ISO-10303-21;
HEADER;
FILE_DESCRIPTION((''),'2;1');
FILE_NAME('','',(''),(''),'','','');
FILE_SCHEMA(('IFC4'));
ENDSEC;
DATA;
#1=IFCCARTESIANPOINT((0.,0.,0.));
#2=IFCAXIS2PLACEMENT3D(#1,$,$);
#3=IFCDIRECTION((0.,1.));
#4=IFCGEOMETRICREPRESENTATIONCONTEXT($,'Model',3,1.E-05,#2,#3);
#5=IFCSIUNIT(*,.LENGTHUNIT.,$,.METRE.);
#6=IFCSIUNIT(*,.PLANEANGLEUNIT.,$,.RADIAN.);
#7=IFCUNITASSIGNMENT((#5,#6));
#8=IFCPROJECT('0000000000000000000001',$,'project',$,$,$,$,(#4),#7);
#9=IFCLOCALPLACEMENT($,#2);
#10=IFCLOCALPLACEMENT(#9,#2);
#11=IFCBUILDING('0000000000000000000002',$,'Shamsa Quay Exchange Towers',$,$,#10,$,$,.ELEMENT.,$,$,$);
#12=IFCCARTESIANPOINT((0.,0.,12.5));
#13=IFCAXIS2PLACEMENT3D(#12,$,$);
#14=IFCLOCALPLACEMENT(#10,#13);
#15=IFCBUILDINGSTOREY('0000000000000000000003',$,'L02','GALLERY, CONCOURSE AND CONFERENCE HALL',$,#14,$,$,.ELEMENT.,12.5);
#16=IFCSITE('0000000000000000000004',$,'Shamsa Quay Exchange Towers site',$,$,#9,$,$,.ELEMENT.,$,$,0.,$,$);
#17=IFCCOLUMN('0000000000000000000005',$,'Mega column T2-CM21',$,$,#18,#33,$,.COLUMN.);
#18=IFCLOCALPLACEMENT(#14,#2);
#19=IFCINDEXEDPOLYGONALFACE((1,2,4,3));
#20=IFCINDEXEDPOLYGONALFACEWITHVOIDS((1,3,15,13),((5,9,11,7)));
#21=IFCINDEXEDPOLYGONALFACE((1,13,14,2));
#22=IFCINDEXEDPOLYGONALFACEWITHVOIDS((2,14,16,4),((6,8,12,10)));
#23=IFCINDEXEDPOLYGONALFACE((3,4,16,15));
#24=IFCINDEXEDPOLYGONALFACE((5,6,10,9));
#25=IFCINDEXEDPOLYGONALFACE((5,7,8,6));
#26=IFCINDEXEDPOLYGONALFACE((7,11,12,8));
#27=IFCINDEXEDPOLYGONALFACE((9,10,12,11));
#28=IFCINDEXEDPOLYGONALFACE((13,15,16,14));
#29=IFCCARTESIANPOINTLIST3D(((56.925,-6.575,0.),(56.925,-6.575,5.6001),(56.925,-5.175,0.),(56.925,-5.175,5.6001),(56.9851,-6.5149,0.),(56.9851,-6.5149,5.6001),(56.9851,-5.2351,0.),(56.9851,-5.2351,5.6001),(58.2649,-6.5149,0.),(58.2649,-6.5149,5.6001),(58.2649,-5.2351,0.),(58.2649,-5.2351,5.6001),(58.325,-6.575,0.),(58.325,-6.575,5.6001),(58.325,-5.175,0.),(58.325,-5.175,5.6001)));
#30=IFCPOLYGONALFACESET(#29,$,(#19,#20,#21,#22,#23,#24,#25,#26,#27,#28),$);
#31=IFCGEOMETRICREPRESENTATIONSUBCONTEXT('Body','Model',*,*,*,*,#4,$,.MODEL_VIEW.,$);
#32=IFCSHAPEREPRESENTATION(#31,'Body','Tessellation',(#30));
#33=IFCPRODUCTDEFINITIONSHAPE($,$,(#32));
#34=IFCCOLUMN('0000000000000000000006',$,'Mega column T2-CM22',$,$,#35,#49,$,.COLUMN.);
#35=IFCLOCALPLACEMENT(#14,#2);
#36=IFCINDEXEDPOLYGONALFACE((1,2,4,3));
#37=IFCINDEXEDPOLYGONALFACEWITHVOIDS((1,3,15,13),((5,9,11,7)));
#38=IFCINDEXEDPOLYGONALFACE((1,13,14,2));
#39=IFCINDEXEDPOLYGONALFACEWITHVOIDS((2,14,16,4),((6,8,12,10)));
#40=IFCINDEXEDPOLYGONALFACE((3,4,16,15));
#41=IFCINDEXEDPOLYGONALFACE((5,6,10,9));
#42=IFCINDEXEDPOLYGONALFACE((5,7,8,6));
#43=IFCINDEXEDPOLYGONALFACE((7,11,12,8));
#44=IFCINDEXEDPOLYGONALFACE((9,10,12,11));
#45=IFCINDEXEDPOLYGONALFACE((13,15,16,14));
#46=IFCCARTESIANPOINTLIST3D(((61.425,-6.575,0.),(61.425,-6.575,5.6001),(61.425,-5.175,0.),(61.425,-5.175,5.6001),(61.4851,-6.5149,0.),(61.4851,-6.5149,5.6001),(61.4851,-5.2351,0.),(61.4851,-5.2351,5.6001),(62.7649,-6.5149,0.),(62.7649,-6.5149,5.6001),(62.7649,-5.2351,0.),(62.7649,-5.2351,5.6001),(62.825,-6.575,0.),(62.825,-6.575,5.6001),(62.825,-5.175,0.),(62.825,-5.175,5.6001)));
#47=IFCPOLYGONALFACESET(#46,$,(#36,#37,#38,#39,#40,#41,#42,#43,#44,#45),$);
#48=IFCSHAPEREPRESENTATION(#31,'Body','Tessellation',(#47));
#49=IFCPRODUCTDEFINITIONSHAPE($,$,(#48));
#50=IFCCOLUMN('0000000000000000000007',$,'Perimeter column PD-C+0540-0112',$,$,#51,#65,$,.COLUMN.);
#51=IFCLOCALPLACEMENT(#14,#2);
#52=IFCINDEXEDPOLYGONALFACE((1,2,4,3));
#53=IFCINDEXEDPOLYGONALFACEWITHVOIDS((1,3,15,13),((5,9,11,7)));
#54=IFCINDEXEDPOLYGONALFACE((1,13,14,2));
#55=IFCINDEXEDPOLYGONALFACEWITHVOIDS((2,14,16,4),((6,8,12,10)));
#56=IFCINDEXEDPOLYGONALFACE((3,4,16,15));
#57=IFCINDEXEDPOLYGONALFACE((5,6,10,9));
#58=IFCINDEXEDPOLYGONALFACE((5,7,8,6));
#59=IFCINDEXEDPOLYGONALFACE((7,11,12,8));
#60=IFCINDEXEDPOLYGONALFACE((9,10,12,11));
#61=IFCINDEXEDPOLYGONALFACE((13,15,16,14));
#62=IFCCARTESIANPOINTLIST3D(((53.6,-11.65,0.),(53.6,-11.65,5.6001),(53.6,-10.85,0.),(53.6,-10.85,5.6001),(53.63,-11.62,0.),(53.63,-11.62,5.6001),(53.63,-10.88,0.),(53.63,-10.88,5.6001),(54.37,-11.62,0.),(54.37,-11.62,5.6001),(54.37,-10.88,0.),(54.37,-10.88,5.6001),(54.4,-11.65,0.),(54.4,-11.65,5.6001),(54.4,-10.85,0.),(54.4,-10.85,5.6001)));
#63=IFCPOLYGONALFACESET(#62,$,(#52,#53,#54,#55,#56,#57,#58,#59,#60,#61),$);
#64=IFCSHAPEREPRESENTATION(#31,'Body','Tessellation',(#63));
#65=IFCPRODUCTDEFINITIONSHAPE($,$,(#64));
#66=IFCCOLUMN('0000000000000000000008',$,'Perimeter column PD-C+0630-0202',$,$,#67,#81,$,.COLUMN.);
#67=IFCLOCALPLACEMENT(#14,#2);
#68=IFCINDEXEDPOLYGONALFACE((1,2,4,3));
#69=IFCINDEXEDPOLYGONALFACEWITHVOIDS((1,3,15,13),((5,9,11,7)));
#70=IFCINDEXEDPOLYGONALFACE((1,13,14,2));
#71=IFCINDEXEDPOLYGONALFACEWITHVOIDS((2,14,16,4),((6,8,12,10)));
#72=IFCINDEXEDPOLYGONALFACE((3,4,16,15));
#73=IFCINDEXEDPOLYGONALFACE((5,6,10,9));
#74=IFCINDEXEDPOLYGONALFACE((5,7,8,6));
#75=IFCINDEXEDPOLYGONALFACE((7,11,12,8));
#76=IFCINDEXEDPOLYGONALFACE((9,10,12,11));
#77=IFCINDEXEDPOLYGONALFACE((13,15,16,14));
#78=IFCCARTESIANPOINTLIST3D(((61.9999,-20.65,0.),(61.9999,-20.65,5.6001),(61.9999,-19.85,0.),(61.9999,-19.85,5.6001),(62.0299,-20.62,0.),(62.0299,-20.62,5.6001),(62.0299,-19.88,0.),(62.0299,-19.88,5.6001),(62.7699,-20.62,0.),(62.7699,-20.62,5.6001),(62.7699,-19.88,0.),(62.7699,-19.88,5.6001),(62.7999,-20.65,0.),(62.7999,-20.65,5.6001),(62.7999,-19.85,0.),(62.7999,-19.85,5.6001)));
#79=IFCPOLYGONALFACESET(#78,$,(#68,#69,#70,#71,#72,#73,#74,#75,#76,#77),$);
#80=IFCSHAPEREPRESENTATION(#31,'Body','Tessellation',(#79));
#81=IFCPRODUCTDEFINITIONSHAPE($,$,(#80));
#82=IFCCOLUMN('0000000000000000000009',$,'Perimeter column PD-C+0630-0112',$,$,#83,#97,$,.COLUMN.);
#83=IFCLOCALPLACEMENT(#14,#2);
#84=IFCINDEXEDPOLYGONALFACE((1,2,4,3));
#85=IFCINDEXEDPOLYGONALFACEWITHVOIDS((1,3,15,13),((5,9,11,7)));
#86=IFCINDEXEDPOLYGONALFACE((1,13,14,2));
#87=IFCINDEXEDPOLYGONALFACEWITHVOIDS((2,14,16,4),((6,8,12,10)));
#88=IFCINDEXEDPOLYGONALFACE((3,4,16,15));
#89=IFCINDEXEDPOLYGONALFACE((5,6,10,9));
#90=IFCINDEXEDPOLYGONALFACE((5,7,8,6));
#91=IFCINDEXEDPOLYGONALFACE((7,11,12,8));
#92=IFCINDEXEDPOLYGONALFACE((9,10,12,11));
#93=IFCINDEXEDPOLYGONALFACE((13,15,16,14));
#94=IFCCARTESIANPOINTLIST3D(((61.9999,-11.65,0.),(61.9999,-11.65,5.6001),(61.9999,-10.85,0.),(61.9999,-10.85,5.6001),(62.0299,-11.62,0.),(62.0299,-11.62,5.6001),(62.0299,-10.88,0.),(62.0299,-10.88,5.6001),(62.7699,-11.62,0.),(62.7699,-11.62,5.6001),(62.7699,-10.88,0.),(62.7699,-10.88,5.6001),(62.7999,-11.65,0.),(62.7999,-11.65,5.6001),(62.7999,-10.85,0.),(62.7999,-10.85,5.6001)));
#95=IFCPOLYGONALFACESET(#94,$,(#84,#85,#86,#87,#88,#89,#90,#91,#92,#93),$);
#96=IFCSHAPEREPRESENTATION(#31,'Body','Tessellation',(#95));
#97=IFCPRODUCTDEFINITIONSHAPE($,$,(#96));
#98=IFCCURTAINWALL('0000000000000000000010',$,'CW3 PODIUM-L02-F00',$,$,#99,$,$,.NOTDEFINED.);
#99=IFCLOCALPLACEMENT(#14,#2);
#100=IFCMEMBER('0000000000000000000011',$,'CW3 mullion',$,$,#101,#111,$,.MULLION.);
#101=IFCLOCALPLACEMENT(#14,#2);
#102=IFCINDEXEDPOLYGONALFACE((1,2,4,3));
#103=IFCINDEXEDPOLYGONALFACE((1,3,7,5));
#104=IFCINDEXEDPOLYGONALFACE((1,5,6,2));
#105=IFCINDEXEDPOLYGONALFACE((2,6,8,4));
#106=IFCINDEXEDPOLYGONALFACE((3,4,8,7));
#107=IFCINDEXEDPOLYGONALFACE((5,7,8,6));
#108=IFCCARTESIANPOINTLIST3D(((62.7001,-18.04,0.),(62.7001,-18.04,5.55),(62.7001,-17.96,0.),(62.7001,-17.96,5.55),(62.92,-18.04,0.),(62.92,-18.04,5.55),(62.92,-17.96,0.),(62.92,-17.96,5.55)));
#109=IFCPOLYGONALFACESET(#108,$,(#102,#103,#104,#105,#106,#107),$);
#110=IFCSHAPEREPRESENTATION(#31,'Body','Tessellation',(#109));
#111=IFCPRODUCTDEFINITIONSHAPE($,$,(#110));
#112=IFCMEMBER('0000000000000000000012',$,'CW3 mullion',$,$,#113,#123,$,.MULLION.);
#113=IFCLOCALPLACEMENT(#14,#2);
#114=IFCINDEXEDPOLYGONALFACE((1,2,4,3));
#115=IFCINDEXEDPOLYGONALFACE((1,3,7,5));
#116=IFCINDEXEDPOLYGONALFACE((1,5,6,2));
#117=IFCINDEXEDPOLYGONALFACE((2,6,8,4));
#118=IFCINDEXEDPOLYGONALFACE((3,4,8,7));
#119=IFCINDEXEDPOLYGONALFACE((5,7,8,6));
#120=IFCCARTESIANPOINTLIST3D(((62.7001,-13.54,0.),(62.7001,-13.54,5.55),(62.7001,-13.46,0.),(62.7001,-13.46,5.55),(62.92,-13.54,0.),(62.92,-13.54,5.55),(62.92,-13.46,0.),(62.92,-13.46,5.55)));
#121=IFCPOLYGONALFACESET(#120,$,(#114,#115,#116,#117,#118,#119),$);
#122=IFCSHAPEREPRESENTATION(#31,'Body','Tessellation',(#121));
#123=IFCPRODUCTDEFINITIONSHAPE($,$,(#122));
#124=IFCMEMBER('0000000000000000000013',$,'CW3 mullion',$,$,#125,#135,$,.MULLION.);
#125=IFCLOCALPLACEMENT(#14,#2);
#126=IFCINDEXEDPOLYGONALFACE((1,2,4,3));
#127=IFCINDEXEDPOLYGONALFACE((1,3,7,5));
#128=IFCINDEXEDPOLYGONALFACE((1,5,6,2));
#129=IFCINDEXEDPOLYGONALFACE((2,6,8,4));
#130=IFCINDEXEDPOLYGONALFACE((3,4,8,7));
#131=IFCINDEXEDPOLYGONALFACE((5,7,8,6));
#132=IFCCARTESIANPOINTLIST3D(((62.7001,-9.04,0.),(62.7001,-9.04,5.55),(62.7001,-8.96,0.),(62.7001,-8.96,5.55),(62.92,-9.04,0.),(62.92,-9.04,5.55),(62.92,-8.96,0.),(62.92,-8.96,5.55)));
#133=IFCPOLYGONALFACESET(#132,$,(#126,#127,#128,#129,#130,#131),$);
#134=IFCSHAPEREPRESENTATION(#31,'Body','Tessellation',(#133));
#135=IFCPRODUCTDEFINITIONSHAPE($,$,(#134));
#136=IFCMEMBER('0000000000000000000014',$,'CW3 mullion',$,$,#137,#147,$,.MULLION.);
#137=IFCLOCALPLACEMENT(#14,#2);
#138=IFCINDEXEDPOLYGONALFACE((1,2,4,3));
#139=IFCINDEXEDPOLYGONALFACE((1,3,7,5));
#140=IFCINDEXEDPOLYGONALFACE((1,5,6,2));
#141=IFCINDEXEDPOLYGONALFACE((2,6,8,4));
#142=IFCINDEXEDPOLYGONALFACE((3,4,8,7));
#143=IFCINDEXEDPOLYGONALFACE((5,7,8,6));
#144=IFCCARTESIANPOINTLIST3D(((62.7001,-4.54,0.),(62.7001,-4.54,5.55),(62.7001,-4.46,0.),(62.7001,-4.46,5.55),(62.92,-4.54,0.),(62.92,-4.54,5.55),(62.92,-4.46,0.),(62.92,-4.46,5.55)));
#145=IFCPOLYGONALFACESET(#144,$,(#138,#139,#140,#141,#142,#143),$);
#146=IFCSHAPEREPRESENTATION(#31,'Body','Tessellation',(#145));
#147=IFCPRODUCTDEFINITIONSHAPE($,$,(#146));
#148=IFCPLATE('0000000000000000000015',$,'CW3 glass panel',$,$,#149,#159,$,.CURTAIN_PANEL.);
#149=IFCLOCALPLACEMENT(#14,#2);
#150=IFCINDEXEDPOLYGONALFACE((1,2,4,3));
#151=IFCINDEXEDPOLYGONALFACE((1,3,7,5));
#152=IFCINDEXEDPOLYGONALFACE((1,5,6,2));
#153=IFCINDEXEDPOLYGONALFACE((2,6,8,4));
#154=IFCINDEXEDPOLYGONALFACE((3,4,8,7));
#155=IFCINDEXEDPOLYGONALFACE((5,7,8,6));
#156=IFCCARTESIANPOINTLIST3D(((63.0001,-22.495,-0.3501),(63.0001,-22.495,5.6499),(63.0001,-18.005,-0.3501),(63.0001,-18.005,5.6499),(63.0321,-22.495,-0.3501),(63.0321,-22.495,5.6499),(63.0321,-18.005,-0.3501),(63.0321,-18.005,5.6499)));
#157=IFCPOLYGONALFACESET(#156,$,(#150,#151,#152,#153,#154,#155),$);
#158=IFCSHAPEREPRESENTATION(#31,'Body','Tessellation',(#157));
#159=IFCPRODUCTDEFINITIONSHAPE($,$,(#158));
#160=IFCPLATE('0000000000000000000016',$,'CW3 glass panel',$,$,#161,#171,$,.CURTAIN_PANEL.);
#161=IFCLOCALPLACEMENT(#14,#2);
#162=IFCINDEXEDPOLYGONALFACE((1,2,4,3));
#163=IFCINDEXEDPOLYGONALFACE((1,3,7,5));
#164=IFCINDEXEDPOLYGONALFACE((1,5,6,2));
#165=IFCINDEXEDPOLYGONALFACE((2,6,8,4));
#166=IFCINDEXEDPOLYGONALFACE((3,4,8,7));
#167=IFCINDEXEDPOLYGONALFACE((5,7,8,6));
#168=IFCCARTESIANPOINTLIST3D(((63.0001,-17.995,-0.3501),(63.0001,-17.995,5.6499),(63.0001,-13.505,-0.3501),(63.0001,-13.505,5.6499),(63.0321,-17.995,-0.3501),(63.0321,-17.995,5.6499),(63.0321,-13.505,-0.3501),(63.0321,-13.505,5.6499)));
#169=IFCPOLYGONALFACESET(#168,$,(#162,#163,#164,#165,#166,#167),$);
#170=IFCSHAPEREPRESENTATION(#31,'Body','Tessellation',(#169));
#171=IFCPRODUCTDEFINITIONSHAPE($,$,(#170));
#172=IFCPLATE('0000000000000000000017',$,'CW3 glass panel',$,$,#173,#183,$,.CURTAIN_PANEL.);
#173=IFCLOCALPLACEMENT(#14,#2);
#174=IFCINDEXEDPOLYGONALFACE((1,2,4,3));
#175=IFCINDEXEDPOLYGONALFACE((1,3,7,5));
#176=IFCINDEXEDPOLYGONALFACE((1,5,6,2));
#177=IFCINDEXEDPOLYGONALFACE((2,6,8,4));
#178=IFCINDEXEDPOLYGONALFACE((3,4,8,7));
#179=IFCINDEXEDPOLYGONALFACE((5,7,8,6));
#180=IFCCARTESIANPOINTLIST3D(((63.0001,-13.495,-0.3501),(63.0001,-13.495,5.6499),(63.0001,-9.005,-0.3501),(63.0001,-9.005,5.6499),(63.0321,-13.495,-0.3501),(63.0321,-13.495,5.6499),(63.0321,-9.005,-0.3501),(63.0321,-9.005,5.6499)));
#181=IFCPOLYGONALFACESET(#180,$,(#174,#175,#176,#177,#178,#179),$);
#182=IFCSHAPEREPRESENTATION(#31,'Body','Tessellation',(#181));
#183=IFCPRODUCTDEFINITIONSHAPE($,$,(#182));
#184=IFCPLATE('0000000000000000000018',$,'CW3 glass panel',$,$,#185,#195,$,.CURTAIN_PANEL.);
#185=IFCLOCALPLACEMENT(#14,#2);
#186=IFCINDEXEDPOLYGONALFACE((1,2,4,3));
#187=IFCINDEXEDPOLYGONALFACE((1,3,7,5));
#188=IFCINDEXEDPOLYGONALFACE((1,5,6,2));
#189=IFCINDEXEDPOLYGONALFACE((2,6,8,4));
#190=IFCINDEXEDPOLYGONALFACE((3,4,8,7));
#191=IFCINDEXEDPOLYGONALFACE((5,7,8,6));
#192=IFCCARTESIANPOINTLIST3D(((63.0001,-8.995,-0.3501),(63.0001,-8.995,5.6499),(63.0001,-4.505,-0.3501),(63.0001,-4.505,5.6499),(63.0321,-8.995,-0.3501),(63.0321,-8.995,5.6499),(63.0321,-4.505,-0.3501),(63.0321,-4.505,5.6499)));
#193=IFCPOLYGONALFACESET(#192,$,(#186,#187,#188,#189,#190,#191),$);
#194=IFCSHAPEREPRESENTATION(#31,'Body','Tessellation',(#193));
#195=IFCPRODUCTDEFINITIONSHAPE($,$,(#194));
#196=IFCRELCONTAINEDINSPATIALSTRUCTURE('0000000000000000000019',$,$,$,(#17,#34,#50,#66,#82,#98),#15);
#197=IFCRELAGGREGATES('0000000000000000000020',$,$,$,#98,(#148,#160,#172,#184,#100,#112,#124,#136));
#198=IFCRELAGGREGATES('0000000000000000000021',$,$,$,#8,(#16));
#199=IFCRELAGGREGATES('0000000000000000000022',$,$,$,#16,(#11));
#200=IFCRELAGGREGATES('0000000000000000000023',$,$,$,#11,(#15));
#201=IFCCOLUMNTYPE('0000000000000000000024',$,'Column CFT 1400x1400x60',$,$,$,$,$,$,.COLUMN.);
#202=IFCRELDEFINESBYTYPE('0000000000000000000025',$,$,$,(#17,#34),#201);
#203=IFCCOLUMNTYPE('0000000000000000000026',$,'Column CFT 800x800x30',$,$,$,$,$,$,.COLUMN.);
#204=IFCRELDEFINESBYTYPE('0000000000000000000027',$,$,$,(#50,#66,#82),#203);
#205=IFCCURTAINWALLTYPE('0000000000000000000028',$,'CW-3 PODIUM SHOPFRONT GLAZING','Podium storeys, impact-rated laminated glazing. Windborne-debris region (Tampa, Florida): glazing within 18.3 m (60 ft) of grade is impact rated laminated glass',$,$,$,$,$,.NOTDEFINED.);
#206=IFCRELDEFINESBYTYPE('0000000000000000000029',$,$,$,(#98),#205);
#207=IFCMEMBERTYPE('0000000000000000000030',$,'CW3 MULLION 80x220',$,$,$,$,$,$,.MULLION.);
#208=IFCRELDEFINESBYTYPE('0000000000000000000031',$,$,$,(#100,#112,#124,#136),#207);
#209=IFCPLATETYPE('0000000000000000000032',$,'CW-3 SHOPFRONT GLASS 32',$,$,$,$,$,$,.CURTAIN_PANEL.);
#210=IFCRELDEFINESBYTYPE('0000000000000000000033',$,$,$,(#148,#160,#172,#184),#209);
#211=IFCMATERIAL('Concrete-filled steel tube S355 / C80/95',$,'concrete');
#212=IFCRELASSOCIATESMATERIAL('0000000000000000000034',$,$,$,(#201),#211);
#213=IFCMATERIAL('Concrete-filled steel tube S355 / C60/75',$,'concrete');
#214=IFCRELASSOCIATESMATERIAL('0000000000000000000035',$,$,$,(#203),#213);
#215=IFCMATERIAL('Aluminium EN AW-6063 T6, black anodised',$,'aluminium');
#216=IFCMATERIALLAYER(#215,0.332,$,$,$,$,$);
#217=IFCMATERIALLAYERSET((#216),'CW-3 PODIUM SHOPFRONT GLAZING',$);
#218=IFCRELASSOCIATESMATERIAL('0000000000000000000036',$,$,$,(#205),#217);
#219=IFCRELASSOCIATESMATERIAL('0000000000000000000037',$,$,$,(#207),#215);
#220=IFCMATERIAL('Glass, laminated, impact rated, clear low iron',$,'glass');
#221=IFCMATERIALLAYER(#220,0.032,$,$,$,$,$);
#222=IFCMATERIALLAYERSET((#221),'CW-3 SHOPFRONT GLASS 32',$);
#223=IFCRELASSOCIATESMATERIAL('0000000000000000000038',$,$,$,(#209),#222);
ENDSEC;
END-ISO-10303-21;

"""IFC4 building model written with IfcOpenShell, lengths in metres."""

from ifc_helpers import new_model, si_unit, direction, frame, origin, origin_2d, place, context, subcontext, project, spatial, rectangle, hollow_rectangle, extrude, material, layer, layer_set, material_profile, profile_set, type_object, element, aggregate, save


model = new_model("IFC4")

# Units and contexts
model_context = context("Model", 3, precision=1e-05, world=origin(), true_north=direction((0.0, 1.0)))
body_context = subcontext(model_context, "Body", "Model", "MODEL_VIEW")
ifc_project = project(units=[si_unit("LENGTHUNIT", "METRE"), si_unit("PLANEANGLEUNIT", "RADIAN")], contexts=[model_context])

# Site, building, storey
site_placement = place(None, origin())
site = spatial("IfcSite", under=ifc_project, at=site_placement, Name="Shamsa Quay Exchange Towers site", CompositionType="ELEMENT", RefElevation=0.0)
building_placement = place(site_placement, origin())
building = spatial("IfcBuilding", under=site, at=building_placement, Name="Shamsa Quay Exchange Towers", CompositionType="ELEMENT")
storey_placement = place(building_placement, frame((0.0, 0.0, 12.5)))
storey = spatial("IfcBuildingStorey", under=building, at=storey_placement, Name="L02", Description="GALLERY, CONCOURSE AND CONFERENCE HALL", CompositionType="ELEMENT", Elevation=12.5)

# Columns
ifc_material_1 = material(Name="Concrete-filled steel tube S355 / C80/95", Category="concrete")
ifc_material_profile_1 = material_profile(ifc_material_1, hollow_rectangle(XDim=1.3999, YDim=1.3999, WallThickness=0.0601, at=origin_2d()), Name="CFT 1400x1400x60")
ifc_profile_set_1 = profile_set([ifc_material_profile_1], Name="Concrete-filled steel tube S355 / C80/95")
column_type_1 = type_object("IfcColumnType", Name="Column CFT 1400x1400x60", PredefinedType="COLUMN", material=ifc_profile_set_1)
for number, where, name in (
    (1, (57.625, -5.875, 0.0), "Mega column T2-CM21"),
    (2, (62.125, -5.875, 0.0), "Mega column T2-CM22"),
):
    element("IfcColumn", number, at=place(storey_placement, frame(where)), inside=storey, type_object=column_type_1, Name=name, PredefinedType="COLUMN", context=body_context, shape_type="SweptSolid", body=[
        extrude(hollow_rectangle(XDim=1.3999, YDim=1.3999, WallThickness=0.0601, at=origin_2d()), origin(), (0.0, 0.0, 1.0), 5.6001),
    ])
ifc_material_2 = material(Name="Concrete-filled steel tube S355 / C60/75", Category="concrete")
ifc_material_profile_2 = material_profile(ifc_material_2, hollow_rectangle(XDim=0.8, YDim=0.8, WallThickness=0.03, at=origin_2d()), Name="CFT 800x800x30")
ifc_profile_set_2 = profile_set([ifc_material_profile_2], Name="Concrete-filled steel tube S355 / C60/75")
column_type_2 = type_object("IfcColumnType", Name="Column CFT 800x800x30", PredefinedType="COLUMN", material=ifc_profile_set_2)
for number, where, name in (
    (3, (54.0, -11.25, 0.0), "Perimeter column PD-C+0540-0112"),
    (4, (62.3999, -20.25, 0.0), "Perimeter column PD-C+0630-0202"),
    (5, (62.3999, -11.25, 0.0), "Perimeter column PD-C+0630-0112"),
):
    element("IfcColumn", number, at=place(storey_placement, frame(where)), inside=storey, type_object=column_type_2, Name=name, PredefinedType="COLUMN", context=body_context, shape_type="SweptSolid", body=[
        extrude(hollow_rectangle(XDim=0.8, YDim=0.8, WallThickness=0.03, at=origin_2d()), origin(), (0.0, 0.0, 1.0), 5.6001),
    ])

# Curtain wall, members, plates
ifc_material_3 = material(Name="Aluminium EN AW-6063 T6, black anodised", Category="aluminium")
ifc_layer_1 = layer(ifc_material_3, 0.332)
ifc_layer_set_1 = layer_set([ifc_layer_1], Name="CW-3 PODIUM SHOPFRONT GLAZING")
curtain_wall_type = type_object("IfcCurtainWallType", Name="CW-3 PODIUM SHOPFRONT GLAZING", Description="Podium storeys, impact-rated laminated glazing. Windborne-debris region (Tampa, Florida): glazing within 18.3 m (60 ft) of grade is impact rated laminated glass", PredefinedType="NOTDEFINED", material=ifc_layer_set_1)
curtain_wall_placement = place(storey_placement, origin())
curtain_wall = element("IfcCurtainWall", 6, at=curtain_wall_placement, inside=storey, type_object=curtain_wall_type, Name="CW3 PODIUM-L02-F00", PredefinedType="NOTDEFINED")
ifc_material_profile_3 = material_profile(ifc_material_3, rectangle(XDim=0.22, YDim=0.0801, at=origin_2d()), Name="MU80x220")
ifc_profile_set_3 = profile_set([ifc_material_profile_3], Name="Aluminium EN AW-6063 T6, black anodised")
member_type = type_object("IfcMemberType", Name="CW3 MULLION 80x220", PredefinedType="MULLION", material=ifc_profile_set_3)
member_1_placement = place(storey_placement, frame((62.8101, -18.0, 0.0), z_axis=(0.0, 0.0, 1.0), x_axis=(-1.0, 0.0, 0.0)))
member_1 = element("IfcMember", 7, at=member_1_placement, type_object=member_type, Name="CW3 mullion", PredefinedType="MULLION", context=body_context, shape_type="SweptSolid", body=[
    extrude(rectangle(XDim=0.22, YDim=0.0801, at=origin_2d()), origin(), (0.0, 0.0, 1.0), 5.55),
])
member_2_placement = place(storey_placement, frame((62.8101, -13.5, 0.0), z_axis=(0.0, 0.0, 1.0), x_axis=(-1.0, 0.0, 0.0)))
member_2 = element("IfcMember", 8, at=member_2_placement, type_object=member_type, Name="CW3 mullion", PredefinedType="MULLION", context=body_context, shape_type="SweptSolid", body=[
    extrude(rectangle(XDim=0.22, YDim=0.0801, at=origin_2d()), origin(), (0.0, 0.0, 1.0), 5.55),
])
member_3_placement = place(storey_placement, frame((62.8101, -9.0, 0.0), z_axis=(0.0, 0.0, 1.0), x_axis=(-1.0, 0.0, 0.0)))
member_3 = element("IfcMember", 9, at=member_3_placement, type_object=member_type, Name="CW3 mullion", PredefinedType="MULLION", context=body_context, shape_type="SweptSolid", body=[
    extrude(rectangle(XDim=0.22, YDim=0.0801, at=origin_2d()), origin(), (0.0, 0.0, 1.0), 5.55),
])
member_4_placement = place(storey_placement, frame((62.8101, -4.5, 0.0), z_axis=(0.0, 0.0, 1.0), x_axis=(-1.0, 0.0, 0.0)))
member_4 = element("IfcMember", 10, at=member_4_placement, type_object=member_type, Name="CW3 mullion", PredefinedType="MULLION", context=body_context, shape_type="SweptSolid", body=[
    extrude(rectangle(XDim=0.22, YDim=0.0801, at=origin_2d()), origin(), (0.0, 0.0, 1.0), 5.55),
])
ifc_material_4 = material(Name="Glass, laminated, impact rated, clear low iron", Category="glass")
ifc_layer_2 = layer(ifc_material_4, 0.032)
ifc_layer_set_2 = layer_set([ifc_layer_2], Name="CW-3 SHOPFRONT GLASS 32")
plate_type = type_object("IfcPlateType", Name="CW-3 SHOPFRONT GLASS 32", PredefinedType="CURTAIN_PANEL", material=ifc_layer_set_2)
plate_1_placement = place(storey_placement, frame((63.0161, -20.25, -0.3501), z_axis=(0.0, 0.0, 1.0), x_axis=(0.0, 1.0, 0.0)))
plate_1 = element("IfcPlate", 11, at=plate_1_placement, type_object=plate_type, Name="CW3 glass panel", PredefinedType="CURTAIN_PANEL", context=body_context, shape_type="SweptSolid", body=[
    extrude(rectangle(XDim=4.49, YDim=0.032, at=origin_2d()), origin(), (0.0, 0.0, 1.0), 6.0),
])
plate_2_placement = place(storey_placement, frame((63.0161, -15.75, -0.3501), z_axis=(0.0, 0.0, 1.0), x_axis=(0.0, 1.0, 0.0)))
plate_2 = element("IfcPlate", 12, at=plate_2_placement, type_object=plate_type, Name="CW3 glass panel", PredefinedType="CURTAIN_PANEL", context=body_context, shape_type="SweptSolid", body=[
    extrude(rectangle(XDim=4.49, YDim=0.032, at=origin_2d()), origin(), (0.0, 0.0, 1.0), 6.0),
])
plate_3_placement = place(storey_placement, frame((63.0161, -11.25, -0.3501), z_axis=(0.0, 0.0, 1.0), x_axis=(0.0, 1.0, 0.0)))
plate_3 = element("IfcPlate", 13, at=plate_3_placement, type_object=plate_type, Name="CW3 glass panel", PredefinedType="CURTAIN_PANEL", context=body_context, shape_type="SweptSolid", body=[
    extrude(rectangle(XDim=4.49, YDim=0.032, at=origin_2d()), origin(), (0.0, 0.0, 1.0), 6.0),
])
plate_4_placement = place(storey_placement, frame((63.0161, -6.75, -0.3501), z_axis=(0.0, 0.0, 1.0), x_axis=(0.0, 1.0, 0.0)))
plate_4 = element("IfcPlate", 14, at=plate_4_placement, type_object=plate_type, Name="CW3 glass panel", PredefinedType="CURTAIN_PANEL", context=body_context, shape_type="SweptSolid", body=[
    extrude(rectangle(XDim=4.49, YDim=0.032, at=origin_2d()), origin(), (0.0, 0.0, 1.0), 6.0),
])
aggregate(curtain_wall, [plate_1, plate_2, plate_3, plate_4, member_1, member_2, member_3, member_4])

save(model, "model.ifc")
